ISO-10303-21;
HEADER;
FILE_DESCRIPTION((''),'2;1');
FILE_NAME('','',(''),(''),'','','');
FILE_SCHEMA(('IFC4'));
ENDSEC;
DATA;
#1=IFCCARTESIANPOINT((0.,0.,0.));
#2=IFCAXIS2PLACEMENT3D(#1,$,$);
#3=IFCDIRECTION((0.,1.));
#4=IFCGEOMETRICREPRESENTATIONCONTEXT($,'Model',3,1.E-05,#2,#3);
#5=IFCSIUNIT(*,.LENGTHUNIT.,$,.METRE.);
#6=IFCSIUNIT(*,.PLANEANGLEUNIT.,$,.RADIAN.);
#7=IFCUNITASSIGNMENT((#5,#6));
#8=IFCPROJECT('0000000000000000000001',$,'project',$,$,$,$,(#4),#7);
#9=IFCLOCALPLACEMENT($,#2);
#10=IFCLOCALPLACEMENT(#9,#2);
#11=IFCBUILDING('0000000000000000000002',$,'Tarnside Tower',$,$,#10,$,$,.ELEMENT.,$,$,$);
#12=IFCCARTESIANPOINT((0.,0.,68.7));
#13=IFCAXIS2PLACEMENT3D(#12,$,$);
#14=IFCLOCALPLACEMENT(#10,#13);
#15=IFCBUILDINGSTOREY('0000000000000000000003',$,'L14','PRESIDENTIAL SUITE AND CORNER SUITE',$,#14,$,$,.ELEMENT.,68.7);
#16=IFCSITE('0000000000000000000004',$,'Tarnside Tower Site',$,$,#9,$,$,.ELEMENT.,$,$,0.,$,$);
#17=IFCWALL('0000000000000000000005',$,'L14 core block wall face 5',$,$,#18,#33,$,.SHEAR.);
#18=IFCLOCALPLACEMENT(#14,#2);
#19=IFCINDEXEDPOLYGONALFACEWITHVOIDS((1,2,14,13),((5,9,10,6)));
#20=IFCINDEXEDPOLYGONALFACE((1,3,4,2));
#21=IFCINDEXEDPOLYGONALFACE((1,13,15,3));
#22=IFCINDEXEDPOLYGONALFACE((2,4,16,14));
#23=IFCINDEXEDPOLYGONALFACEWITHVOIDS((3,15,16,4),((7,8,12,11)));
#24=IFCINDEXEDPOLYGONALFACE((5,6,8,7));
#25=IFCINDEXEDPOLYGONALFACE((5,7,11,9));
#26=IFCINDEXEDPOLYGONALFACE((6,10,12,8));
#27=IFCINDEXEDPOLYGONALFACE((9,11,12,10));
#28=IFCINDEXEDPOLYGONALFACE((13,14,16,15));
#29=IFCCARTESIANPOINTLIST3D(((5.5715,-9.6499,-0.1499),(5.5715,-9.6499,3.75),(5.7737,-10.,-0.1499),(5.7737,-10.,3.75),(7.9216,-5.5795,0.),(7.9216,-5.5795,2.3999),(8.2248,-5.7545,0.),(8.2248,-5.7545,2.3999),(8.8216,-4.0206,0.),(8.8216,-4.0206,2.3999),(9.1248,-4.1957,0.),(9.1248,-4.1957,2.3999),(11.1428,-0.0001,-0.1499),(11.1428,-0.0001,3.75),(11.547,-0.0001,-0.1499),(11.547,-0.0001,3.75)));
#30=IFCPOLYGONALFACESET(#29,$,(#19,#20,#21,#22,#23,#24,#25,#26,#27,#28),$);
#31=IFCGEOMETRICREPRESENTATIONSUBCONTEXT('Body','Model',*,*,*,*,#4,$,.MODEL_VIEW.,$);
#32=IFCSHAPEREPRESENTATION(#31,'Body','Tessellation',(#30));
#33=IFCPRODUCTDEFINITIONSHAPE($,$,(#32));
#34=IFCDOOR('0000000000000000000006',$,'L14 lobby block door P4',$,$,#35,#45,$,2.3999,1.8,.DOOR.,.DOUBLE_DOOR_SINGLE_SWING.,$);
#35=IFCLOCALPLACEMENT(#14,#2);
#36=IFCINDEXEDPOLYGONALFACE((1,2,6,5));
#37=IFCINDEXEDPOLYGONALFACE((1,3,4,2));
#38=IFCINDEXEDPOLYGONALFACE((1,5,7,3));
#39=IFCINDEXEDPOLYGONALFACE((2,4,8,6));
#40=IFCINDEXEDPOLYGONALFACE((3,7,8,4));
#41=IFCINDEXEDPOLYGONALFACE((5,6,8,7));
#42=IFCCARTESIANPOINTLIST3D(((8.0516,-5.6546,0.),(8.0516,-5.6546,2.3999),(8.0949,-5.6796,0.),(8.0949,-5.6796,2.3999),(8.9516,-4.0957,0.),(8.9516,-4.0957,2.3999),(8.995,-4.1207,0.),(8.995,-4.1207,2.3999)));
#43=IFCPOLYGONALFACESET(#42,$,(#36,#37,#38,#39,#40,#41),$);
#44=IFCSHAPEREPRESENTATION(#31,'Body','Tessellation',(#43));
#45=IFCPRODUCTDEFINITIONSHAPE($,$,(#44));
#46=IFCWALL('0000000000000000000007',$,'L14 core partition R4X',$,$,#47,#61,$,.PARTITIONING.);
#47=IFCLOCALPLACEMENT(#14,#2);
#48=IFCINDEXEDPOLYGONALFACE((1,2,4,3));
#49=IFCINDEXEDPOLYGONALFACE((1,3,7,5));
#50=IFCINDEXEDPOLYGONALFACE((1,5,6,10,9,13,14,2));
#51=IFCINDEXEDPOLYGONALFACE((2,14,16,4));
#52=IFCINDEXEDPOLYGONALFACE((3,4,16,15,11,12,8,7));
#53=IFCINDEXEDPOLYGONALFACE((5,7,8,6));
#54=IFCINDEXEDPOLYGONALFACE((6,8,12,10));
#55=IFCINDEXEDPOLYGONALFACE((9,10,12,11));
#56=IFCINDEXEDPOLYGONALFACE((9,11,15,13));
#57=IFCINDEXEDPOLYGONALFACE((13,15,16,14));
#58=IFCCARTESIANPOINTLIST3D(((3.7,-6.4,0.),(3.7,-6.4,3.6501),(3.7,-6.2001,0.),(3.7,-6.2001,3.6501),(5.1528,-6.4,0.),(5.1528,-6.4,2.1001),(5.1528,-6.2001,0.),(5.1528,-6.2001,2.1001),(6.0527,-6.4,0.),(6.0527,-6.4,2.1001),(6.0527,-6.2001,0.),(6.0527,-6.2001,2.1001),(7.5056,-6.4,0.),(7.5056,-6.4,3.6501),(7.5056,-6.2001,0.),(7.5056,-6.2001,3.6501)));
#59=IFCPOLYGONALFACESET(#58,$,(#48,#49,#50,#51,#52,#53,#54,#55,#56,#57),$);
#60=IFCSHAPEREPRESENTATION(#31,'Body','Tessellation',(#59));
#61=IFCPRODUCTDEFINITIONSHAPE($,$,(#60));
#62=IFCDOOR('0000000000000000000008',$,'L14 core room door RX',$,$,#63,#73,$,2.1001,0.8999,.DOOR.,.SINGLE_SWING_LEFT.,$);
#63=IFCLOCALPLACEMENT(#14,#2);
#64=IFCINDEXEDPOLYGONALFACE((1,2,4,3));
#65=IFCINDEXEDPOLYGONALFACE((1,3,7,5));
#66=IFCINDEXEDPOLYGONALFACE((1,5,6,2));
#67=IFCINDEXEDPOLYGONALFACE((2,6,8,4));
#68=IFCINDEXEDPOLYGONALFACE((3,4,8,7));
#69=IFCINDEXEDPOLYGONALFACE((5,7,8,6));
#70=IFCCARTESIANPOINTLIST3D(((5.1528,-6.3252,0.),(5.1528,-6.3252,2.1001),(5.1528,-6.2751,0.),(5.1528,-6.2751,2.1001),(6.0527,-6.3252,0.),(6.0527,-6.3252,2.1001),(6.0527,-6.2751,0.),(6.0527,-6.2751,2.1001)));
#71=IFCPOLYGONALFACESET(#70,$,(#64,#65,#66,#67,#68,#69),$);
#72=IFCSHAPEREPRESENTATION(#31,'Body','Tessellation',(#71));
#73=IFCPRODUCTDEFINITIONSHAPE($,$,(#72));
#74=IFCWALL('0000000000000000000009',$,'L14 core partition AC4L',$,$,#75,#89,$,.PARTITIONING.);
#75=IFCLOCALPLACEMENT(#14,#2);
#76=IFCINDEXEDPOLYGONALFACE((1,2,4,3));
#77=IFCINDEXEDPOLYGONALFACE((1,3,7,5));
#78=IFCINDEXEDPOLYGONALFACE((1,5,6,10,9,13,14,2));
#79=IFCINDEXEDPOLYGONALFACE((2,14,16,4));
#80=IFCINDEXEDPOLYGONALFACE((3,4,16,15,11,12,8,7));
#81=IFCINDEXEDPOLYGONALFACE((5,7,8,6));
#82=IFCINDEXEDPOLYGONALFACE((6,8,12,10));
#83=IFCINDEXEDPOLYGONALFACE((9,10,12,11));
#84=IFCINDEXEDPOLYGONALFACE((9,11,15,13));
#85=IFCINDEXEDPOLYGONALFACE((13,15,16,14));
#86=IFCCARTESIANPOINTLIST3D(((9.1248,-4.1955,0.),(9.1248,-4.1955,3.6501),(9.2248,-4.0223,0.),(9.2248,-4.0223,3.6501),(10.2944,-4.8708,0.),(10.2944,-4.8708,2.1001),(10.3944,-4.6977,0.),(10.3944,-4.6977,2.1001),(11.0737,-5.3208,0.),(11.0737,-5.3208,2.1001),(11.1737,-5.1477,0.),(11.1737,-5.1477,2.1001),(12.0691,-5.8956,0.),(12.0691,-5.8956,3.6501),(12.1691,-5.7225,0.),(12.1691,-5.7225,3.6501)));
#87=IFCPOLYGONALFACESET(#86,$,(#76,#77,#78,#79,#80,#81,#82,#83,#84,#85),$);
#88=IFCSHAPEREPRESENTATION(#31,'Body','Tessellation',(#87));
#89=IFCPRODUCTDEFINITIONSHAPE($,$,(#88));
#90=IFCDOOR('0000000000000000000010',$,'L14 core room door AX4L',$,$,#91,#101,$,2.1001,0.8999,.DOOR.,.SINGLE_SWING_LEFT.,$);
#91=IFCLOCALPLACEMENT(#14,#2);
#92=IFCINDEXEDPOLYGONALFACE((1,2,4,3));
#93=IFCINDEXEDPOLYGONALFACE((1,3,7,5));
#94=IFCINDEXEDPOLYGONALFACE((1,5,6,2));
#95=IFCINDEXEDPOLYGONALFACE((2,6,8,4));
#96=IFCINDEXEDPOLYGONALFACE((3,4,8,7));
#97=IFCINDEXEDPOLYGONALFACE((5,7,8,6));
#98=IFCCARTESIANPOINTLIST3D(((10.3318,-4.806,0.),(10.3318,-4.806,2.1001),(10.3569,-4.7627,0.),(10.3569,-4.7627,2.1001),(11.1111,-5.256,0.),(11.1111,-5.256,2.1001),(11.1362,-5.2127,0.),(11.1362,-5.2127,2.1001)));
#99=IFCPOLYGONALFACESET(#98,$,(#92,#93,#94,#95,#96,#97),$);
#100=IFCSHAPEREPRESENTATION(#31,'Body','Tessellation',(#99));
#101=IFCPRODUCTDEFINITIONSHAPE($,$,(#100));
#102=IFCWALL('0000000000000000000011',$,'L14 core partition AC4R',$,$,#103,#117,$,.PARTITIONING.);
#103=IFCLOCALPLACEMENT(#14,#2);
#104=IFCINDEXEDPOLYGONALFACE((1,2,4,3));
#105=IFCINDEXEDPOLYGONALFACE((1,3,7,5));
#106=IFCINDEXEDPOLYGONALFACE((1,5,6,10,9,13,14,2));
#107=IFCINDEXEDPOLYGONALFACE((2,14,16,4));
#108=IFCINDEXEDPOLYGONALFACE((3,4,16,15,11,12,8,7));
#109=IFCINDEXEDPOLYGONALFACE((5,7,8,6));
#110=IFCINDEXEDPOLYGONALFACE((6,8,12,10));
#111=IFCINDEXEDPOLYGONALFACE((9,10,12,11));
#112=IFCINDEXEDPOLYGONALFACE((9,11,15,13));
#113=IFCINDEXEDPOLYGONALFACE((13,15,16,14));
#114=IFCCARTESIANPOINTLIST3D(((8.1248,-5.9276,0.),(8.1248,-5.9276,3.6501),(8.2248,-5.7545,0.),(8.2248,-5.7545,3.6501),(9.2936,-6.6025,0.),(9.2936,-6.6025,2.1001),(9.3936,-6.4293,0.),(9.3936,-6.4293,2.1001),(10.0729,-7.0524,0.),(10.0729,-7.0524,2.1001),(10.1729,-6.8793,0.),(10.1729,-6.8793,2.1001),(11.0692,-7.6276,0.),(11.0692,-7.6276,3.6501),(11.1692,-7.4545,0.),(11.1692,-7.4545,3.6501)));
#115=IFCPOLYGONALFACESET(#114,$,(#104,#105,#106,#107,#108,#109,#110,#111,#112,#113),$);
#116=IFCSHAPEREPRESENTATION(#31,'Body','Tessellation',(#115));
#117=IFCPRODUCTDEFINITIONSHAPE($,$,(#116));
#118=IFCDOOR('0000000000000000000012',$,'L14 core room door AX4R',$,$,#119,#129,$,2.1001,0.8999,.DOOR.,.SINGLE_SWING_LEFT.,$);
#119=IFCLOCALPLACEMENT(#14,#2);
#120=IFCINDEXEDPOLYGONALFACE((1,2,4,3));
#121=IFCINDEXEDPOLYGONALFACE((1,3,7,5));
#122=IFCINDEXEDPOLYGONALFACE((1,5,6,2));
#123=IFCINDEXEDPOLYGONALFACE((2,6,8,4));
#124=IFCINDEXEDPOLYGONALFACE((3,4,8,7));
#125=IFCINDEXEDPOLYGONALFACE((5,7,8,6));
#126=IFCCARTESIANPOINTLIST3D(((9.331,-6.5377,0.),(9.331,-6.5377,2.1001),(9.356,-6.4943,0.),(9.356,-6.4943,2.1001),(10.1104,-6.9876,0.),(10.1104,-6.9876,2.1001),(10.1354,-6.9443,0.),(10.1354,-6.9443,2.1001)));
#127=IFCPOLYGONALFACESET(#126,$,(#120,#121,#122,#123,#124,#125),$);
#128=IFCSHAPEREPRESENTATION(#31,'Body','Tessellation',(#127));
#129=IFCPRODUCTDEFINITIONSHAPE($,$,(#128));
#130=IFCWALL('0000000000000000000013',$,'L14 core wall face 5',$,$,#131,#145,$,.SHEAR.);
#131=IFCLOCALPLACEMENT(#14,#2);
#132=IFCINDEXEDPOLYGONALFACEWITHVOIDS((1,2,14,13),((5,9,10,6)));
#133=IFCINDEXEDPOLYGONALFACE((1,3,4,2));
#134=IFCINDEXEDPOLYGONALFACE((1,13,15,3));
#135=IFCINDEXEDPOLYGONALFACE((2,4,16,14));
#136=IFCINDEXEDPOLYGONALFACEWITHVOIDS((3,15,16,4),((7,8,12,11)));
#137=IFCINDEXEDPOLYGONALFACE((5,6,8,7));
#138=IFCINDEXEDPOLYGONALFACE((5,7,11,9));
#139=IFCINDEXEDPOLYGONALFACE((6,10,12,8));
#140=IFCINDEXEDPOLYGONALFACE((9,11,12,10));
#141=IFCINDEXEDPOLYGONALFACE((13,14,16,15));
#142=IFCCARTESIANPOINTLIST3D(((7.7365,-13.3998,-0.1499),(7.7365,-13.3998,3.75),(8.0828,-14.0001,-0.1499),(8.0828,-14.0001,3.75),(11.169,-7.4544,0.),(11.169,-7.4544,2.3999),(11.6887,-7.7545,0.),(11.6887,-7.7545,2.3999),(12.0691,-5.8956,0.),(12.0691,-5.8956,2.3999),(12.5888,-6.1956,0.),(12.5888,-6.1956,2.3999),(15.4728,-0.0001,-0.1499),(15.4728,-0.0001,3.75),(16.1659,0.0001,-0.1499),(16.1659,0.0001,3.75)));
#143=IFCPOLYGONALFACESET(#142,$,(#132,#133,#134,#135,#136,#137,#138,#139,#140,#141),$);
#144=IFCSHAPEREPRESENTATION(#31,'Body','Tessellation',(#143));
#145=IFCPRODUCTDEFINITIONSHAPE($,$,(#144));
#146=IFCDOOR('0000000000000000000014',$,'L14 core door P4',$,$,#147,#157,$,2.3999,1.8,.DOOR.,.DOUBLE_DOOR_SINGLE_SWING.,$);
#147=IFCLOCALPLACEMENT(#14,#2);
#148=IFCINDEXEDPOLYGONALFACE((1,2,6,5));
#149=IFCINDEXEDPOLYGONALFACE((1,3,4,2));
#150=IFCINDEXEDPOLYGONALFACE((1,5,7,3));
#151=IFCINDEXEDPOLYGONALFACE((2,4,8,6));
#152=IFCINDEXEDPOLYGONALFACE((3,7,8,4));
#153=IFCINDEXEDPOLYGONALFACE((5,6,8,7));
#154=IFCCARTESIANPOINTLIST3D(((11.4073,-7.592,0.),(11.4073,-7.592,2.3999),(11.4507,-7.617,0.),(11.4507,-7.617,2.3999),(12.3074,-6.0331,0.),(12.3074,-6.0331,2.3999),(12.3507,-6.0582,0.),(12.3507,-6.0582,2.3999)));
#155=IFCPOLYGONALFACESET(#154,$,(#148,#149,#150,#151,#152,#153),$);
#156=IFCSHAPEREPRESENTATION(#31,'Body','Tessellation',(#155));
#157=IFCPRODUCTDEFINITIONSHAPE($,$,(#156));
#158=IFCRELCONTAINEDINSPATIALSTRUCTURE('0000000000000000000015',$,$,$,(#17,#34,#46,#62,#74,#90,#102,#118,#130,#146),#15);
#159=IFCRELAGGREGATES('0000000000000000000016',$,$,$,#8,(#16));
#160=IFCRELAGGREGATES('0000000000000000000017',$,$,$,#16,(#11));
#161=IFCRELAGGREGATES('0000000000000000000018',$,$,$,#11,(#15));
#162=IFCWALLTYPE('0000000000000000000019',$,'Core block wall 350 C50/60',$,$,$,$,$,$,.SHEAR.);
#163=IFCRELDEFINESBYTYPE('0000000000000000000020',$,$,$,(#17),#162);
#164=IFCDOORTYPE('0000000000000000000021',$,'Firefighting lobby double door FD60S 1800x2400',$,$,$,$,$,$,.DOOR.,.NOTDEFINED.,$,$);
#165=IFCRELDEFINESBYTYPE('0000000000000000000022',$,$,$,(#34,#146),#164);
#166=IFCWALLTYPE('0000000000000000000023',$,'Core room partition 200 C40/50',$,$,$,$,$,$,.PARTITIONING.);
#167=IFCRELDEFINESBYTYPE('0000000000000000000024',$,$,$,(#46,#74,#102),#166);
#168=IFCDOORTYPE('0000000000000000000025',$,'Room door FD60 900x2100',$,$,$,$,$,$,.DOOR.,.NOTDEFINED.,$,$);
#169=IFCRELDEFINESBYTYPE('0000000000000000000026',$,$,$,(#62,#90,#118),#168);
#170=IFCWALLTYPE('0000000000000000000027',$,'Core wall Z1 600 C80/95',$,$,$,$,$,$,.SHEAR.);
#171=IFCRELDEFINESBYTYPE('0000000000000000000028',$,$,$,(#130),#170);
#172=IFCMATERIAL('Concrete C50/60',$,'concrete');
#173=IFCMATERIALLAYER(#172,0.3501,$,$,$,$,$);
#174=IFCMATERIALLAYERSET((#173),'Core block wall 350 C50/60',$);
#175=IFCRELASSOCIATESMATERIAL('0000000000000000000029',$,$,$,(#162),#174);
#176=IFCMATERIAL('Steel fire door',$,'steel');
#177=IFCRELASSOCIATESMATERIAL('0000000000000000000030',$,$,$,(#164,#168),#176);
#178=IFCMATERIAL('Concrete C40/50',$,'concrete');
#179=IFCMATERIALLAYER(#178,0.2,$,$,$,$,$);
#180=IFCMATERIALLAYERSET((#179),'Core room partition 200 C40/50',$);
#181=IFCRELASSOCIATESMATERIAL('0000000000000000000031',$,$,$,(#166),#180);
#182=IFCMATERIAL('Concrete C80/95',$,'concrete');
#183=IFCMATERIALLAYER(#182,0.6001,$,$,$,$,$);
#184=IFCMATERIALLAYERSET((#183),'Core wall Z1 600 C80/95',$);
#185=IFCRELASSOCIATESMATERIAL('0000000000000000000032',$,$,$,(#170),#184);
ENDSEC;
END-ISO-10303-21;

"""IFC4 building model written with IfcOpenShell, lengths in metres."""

from ifc_helpers import new_model, si_unit, direction, frame, frame_2d, origin, place, context, subcontext, project, spatial, polyline, rectangle, outline, extrude, material, layer, layer_set, type_object, element, fill, save


model = new_model("IFC4")

# Units and contexts
model_context = context("Model", 3, precision=1e-05, world=origin(), true_north=direction((0.0, 1.0)))
body_context = subcontext(model_context, "Body", "Model", "MODEL_VIEW")
ifc_project = project(units=[si_unit("LENGTHUNIT", "METRE"), si_unit("PLANEANGLEUNIT", "RADIAN")], contexts=[model_context])

# Site, building, storey
site_placement = place(None, origin())
site = spatial("IfcSite", under=ifc_project, at=site_placement, Name="Tarnside Tower Site", CompositionType="ELEMENT", RefElevation=0.0)
building_placement = place(site_placement, origin())
building = spatial("IfcBuilding", under=site, at=building_placement, Name="Tarnside Tower", CompositionType="ELEMENT")
storey_placement = place(building_placement, frame((0.0, 0.0, 68.7)))
storey = spatial("IfcBuildingStorey", under=building, at=storey_placement, Name="L14", Description="PRESIDENTIAL SUITE AND CORNER SUITE", CompositionType="ELEMENT", Elevation=68.7)

# Walls, openings, doors
ifc_material_1 = material(Name="Concrete C50/60", Category="concrete")
ifc_layer_1 = layer(ifc_material_1, 0.3501)
ifc_layer_set_1 = layer_set([ifc_layer_1], Name="Core block wall 350 C50/60")
wall_type_1 = type_object("IfcWallType", Name="Core block wall 350 C50/60", PredefinedType="SHEAR", material=ifc_layer_set_1)
wall_1_placement = place(storey_placement, frame((5.6726, -9.825, -0.1499), z_axis=(0.0, 0.0, 1.0), x_axis=(0.499995, 0.866028, 0.0)))
wall_1 = element("IfcWall", 1, at=wall_1_placement, inside=storey, type_object=wall_type_1, Name="L14 core block wall face 5", PredefinedType="SHEAR", context=body_context, shape_type="SweptSolid", body=[
    extrude(outline(polyline([(-0.1011, -0.175), (11.4458, -0.175), (11.2437, 0.175), (0.1011, 0.175), (-0.1011, -0.175)])), origin(), (0.0, 0.0, 1.0), 3.8999),
])
opening_1_placement = place(wall_1_placement, frame((4.8013, 0.0, 0.1499)))
opening_1 = element("IfcOpeningElement", 2, at=opening_1_placement, cuts=wall_1, PredefinedType="OPENING", context=body_context, shape_type="SweptSolid", body=[
    extrude(rectangle(XDim=1.8, YDim=2.3999, at=frame_2d((0.8999, 1.2))), frame((0.0, 0.1851, 0.0), z_axis=(0.0, -1.0, 0.0), x_axis=(1.0, 0.0, 0.0)), (0.0, 0.0, 1.0), 0.3701),
])
ifc_material_2 = material(Name="Steel fire door", Category="steel")
door_type_1 = type_object("IfcDoorType", Name="Firefighting lobby double door FD60S 1800x2400", OperationType="NOTDEFINED", PredefinedType="DOOR", material=ifc_material_2)
door_1_placement = place(opening_1_placement, origin())
door_1 = element("IfcDoor", 3, at=door_1_placement, inside=storey, type_object=door_type_1, Name="L14 lobby block door P4", OperationType="DOUBLE_DOOR_SINGLE_SWING", OverallHeight=2.3999, OverallWidth=1.8, PredefinedType="DOOR", context=body_context, shape_type="SweptSolid", body=[
    extrude(rectangle(XDim=1.8, YDim=2.3999, at=frame_2d((0.8999, 1.2))), frame((0.0, 0.0249, 0.0), z_axis=(0.0, -1.0, 0.0), x_axis=(1.0, 0.0, 0.0)), (0.0, 0.0, 1.0), 0.05),
])
fill(opening_1, door_1)
ifc_material_3 = material(Name="Concrete C40/50", Category="concrete")
ifc_layer_2 = layer(ifc_material_3, 0.2)
ifc_layer_set_2 = layer_set([ifc_layer_2], Name="Core room partition 200 C40/50")
wall_type_2 = type_object("IfcWallType", Name="Core room partition 200 C40/50", PredefinedType="PARTITIONING", material=ifc_layer_set_2)
wall_2_placement = place(storey_placement, frame((3.7, -6.3, 0.0), z_axis=(0.0, 0.0, 1.0), x_axis=(1.0, 0.0, 0.0)))
wall_2 = element("IfcWall", 4, at=wall_2_placement, inside=storey, type_object=wall_type_2, Name="L14 core partition R4X", PredefinedType="PARTITIONING", context=body_context, shape_type="SweptSolid", body=[
    extrude(rectangle(XDim=3.8057, YDim=0.2, at=frame_2d((1.9028, 0.0))), origin(), (0.0, 0.0, 1.0), 3.6501),
])
opening_2_placement = place(wall_2_placement, frame((1.4529, 0.0, 0.0)))
opening_2 = element("IfcOpeningElement", 5, at=opening_2_placement, cuts=wall_2, PredefinedType="OPENING", context=body_context, shape_type="SweptSolid", body=[
    extrude(rectangle(XDim=0.8999, YDim=2.1001, at=frame_2d((0.45, 1.05))), frame((0.0, 0.1099, 0.0), z_axis=(0.0, -1.0, 0.0), x_axis=(1.0, 0.0, 0.0)), (0.0, 0.0, 1.0), 0.22),
])
door_type_2 = type_object("IfcDoorType", Name="Room door FD60 900x2100", OperationType="NOTDEFINED", PredefinedType="DOOR", material=ifc_material_2)
door_2_placement = place(opening_2_placement, origin())
door_2 = element("IfcDoor", 6, at=door_2_placement, inside=storey, type_object=door_type_2, Name="L14 core room door RX", OperationType="SINGLE_SWING_LEFT", OverallHeight=2.1001, OverallWidth=0.8999, PredefinedType="DOOR", context=body_context, shape_type="SweptSolid", body=[
    extrude(rectangle(XDim=0.8999, YDim=2.1001, at=frame_2d((0.45, 1.05))), frame((0.0, 0.0249, 0.0), z_axis=(0.0, -1.0, 0.0), x_axis=(1.0, 0.0, 0.0)), (0.0, 0.0, 1.0), 0.05),
])
fill(opening_2, door_2)
wall_3_placement = place(storey_placement, frame((9.1748, -4.1089, 0.0), z_axis=(0.0, 0.0, 1.0), x_axis=(0.865989, -0.500062, 0.0)))
wall_3 = element("IfcWall", 7, at=wall_3_placement, inside=storey, type_object=wall_type_2, Name="L14 core partition AC4L", PredefinedType="PARTITIONING", context=body_context, shape_type="SweptSolid", body=[
    extrude(rectangle(XDim=3.3999, YDim=0.2, at=frame_2d((1.7, 0.0))), origin(), (0.0, 0.0, 1.0), 3.6501),
])
opening_3_placement = place(wall_3_placement, frame((1.3506, 0.0, 0.0)))
opening_3 = element("IfcOpeningElement", 8, at=opening_3_placement, cuts=wall_3, PredefinedType="OPENING", context=body_context, shape_type="SweptSolid", body=[
    extrude(rectangle(XDim=0.8999, YDim=2.1001, at=frame_2d((0.45, 1.05))), frame((0.0, 0.1099, 0.0), z_axis=(0.0, -1.0, 0.0), x_axis=(1.0, 0.0, 0.0)), (0.0, 0.0, 1.0), 0.22),
])
door_3_placement = place(opening_3_placement, origin())
door_3 = element("IfcDoor", 9, at=door_3_placement, inside=storey, type_object=door_type_2, Name="L14 core room door AX4L", OperationType="SINGLE_SWING_LEFT", OverallHeight=2.1001, OverallWidth=0.8999, PredefinedType="DOOR", context=body_context, shape_type="SweptSolid", body=[
    extrude(rectangle(XDim=0.8999, YDim=2.1001, at=frame_2d((0.45, 1.05))), frame((0.0, 0.0249, 0.0), z_axis=(0.0, -1.0, 0.0), x_axis=(1.0, 0.0, 0.0)), (0.0, 0.0, 1.0), 0.05),
])
fill(opening_3, door_3)
wall_4_placement = place(storey_placement, frame((8.1748, -5.8411, 0.0), z_axis=(0.0, 0.0, 1.0), x_axis=(0.866021, -0.500008, 0.0)))
wall_4 = element("IfcWall", 10, at=wall_4_placement, inside=storey, type_object=wall_type_2, Name="L14 core partition AC4R", PredefinedType="PARTITIONING", context=body_context, shape_type="SweptSolid", body=[
    extrude(rectangle(XDim=3.3999, YDim=0.2, at=frame_2d((1.7, 0.0))), origin(), (0.0, 0.0, 1.0), 3.6501),
])
opening_4_placement = place(wall_4_placement, frame((1.3496, 0.0, 0.0)))
opening_4 = element("IfcOpeningElement", 11, at=opening_4_placement, cuts=wall_4, PredefinedType="OPENING", context=body_context, shape_type="SweptSolid", body=[
    extrude(rectangle(XDim=0.8999, YDim=2.1001, at=frame_2d((0.45, 1.05))), frame((0.0, 0.1099, 0.0), z_axis=(0.0, -1.0, 0.0), x_axis=(1.0, 0.0, 0.0)), (0.0, 0.0, 1.0), 0.22),
])
door_4_placement = place(opening_4_placement, origin())
door_4 = element("IfcDoor", 12, at=door_4_placement, inside=storey, type_object=door_type_2, Name="L14 core room door AX4R", OperationType="SINGLE_SWING_LEFT", OverallHeight=2.1001, OverallWidth=0.8999, PredefinedType="DOOR", context=body_context, shape_type="SweptSolid", body=[
    extrude(rectangle(XDim=0.8999, YDim=2.1001, at=frame_2d((0.45, 1.05))), frame((0.0, 0.0249, 0.0), z_axis=(0.0, -1.0, 0.0), x_axis=(1.0, 0.0, 0.0)), (0.0, 0.0, 1.0), 0.05),
])
fill(opening_4, door_4)
ifc_material_4 = material(Name="Concrete C80/95", Category="concrete")
ifc_layer_3 = layer(ifc_material_4, 0.6001)
ifc_layer_set_3 = layer_set([ifc_layer_3], Name="Core wall Z1 600 C80/95")
wall_type_3 = type_object("IfcWallType", Name="Core wall Z1 600 C80/95", PredefinedType="SHEAR", material=ifc_layer_set_3)
wall_5_placement = place(storey_placement, frame((7.9097, -13.7, -0.1499), z_axis=(0.0, 0.0, 1.0), x_axis=(0.5, 0.866025, 0.0)))
wall_5 = element("IfcWall", 13, at=wall_5_placement, inside=storey, type_object=wall_type_3, Name="L14 core wall face 5", PredefinedType="SHEAR", context=body_context, shape_type="SweptSolid", body=[
    extrude(outline(polyline([(-0.1733, -0.3), (15.9927, -0.3), (15.646, 0.3), (0.1733, 0.3), (-0.1733, -0.3)])), origin(), (0.0, 0.0, 1.0), 3.8999),
])
opening_5_placement = place(wall_5_placement, frame((7.0386, 0.0, 0.1499)))
opening_5 = element("IfcOpeningElement", 14, at=opening_5_placement, cuts=wall_5, PredefinedType="OPENING", context=body_context, shape_type="SweptSolid", body=[
    extrude(rectangle(XDim=1.8, YDim=2.3999, at=frame_2d((0.8999, 1.2))), frame((0.0, 0.3101, 0.0), z_axis=(0.0, -1.0, 0.0), x_axis=(1.0, 0.0, 0.0)), (0.0, 0.0, 1.0), 0.6201),
])
door_5_placement = place(opening_5_placement, origin())
door_5 = element("IfcDoor", 15, at=door_5_placement, inside=storey, type_object=door_type_1, Name="L14 core door P4", OperationType="DOUBLE_DOOR_SINGLE_SWING", OverallHeight=2.3999, OverallWidth=1.8, PredefinedType="DOOR", context=body_context, shape_type="SweptSolid", body=[
    extrude(rectangle(XDim=1.8, YDim=2.3999, at=frame_2d((0.8999, 1.2))), frame((0.0, 0.0249, 0.0), z_axis=(0.0, -1.0, 0.0), x_axis=(1.0, 0.0, 0.0)), (0.0, 0.0, 1.0), 0.05),
])
fill(opening_5, door_5)

save(model, "model.ifc")
